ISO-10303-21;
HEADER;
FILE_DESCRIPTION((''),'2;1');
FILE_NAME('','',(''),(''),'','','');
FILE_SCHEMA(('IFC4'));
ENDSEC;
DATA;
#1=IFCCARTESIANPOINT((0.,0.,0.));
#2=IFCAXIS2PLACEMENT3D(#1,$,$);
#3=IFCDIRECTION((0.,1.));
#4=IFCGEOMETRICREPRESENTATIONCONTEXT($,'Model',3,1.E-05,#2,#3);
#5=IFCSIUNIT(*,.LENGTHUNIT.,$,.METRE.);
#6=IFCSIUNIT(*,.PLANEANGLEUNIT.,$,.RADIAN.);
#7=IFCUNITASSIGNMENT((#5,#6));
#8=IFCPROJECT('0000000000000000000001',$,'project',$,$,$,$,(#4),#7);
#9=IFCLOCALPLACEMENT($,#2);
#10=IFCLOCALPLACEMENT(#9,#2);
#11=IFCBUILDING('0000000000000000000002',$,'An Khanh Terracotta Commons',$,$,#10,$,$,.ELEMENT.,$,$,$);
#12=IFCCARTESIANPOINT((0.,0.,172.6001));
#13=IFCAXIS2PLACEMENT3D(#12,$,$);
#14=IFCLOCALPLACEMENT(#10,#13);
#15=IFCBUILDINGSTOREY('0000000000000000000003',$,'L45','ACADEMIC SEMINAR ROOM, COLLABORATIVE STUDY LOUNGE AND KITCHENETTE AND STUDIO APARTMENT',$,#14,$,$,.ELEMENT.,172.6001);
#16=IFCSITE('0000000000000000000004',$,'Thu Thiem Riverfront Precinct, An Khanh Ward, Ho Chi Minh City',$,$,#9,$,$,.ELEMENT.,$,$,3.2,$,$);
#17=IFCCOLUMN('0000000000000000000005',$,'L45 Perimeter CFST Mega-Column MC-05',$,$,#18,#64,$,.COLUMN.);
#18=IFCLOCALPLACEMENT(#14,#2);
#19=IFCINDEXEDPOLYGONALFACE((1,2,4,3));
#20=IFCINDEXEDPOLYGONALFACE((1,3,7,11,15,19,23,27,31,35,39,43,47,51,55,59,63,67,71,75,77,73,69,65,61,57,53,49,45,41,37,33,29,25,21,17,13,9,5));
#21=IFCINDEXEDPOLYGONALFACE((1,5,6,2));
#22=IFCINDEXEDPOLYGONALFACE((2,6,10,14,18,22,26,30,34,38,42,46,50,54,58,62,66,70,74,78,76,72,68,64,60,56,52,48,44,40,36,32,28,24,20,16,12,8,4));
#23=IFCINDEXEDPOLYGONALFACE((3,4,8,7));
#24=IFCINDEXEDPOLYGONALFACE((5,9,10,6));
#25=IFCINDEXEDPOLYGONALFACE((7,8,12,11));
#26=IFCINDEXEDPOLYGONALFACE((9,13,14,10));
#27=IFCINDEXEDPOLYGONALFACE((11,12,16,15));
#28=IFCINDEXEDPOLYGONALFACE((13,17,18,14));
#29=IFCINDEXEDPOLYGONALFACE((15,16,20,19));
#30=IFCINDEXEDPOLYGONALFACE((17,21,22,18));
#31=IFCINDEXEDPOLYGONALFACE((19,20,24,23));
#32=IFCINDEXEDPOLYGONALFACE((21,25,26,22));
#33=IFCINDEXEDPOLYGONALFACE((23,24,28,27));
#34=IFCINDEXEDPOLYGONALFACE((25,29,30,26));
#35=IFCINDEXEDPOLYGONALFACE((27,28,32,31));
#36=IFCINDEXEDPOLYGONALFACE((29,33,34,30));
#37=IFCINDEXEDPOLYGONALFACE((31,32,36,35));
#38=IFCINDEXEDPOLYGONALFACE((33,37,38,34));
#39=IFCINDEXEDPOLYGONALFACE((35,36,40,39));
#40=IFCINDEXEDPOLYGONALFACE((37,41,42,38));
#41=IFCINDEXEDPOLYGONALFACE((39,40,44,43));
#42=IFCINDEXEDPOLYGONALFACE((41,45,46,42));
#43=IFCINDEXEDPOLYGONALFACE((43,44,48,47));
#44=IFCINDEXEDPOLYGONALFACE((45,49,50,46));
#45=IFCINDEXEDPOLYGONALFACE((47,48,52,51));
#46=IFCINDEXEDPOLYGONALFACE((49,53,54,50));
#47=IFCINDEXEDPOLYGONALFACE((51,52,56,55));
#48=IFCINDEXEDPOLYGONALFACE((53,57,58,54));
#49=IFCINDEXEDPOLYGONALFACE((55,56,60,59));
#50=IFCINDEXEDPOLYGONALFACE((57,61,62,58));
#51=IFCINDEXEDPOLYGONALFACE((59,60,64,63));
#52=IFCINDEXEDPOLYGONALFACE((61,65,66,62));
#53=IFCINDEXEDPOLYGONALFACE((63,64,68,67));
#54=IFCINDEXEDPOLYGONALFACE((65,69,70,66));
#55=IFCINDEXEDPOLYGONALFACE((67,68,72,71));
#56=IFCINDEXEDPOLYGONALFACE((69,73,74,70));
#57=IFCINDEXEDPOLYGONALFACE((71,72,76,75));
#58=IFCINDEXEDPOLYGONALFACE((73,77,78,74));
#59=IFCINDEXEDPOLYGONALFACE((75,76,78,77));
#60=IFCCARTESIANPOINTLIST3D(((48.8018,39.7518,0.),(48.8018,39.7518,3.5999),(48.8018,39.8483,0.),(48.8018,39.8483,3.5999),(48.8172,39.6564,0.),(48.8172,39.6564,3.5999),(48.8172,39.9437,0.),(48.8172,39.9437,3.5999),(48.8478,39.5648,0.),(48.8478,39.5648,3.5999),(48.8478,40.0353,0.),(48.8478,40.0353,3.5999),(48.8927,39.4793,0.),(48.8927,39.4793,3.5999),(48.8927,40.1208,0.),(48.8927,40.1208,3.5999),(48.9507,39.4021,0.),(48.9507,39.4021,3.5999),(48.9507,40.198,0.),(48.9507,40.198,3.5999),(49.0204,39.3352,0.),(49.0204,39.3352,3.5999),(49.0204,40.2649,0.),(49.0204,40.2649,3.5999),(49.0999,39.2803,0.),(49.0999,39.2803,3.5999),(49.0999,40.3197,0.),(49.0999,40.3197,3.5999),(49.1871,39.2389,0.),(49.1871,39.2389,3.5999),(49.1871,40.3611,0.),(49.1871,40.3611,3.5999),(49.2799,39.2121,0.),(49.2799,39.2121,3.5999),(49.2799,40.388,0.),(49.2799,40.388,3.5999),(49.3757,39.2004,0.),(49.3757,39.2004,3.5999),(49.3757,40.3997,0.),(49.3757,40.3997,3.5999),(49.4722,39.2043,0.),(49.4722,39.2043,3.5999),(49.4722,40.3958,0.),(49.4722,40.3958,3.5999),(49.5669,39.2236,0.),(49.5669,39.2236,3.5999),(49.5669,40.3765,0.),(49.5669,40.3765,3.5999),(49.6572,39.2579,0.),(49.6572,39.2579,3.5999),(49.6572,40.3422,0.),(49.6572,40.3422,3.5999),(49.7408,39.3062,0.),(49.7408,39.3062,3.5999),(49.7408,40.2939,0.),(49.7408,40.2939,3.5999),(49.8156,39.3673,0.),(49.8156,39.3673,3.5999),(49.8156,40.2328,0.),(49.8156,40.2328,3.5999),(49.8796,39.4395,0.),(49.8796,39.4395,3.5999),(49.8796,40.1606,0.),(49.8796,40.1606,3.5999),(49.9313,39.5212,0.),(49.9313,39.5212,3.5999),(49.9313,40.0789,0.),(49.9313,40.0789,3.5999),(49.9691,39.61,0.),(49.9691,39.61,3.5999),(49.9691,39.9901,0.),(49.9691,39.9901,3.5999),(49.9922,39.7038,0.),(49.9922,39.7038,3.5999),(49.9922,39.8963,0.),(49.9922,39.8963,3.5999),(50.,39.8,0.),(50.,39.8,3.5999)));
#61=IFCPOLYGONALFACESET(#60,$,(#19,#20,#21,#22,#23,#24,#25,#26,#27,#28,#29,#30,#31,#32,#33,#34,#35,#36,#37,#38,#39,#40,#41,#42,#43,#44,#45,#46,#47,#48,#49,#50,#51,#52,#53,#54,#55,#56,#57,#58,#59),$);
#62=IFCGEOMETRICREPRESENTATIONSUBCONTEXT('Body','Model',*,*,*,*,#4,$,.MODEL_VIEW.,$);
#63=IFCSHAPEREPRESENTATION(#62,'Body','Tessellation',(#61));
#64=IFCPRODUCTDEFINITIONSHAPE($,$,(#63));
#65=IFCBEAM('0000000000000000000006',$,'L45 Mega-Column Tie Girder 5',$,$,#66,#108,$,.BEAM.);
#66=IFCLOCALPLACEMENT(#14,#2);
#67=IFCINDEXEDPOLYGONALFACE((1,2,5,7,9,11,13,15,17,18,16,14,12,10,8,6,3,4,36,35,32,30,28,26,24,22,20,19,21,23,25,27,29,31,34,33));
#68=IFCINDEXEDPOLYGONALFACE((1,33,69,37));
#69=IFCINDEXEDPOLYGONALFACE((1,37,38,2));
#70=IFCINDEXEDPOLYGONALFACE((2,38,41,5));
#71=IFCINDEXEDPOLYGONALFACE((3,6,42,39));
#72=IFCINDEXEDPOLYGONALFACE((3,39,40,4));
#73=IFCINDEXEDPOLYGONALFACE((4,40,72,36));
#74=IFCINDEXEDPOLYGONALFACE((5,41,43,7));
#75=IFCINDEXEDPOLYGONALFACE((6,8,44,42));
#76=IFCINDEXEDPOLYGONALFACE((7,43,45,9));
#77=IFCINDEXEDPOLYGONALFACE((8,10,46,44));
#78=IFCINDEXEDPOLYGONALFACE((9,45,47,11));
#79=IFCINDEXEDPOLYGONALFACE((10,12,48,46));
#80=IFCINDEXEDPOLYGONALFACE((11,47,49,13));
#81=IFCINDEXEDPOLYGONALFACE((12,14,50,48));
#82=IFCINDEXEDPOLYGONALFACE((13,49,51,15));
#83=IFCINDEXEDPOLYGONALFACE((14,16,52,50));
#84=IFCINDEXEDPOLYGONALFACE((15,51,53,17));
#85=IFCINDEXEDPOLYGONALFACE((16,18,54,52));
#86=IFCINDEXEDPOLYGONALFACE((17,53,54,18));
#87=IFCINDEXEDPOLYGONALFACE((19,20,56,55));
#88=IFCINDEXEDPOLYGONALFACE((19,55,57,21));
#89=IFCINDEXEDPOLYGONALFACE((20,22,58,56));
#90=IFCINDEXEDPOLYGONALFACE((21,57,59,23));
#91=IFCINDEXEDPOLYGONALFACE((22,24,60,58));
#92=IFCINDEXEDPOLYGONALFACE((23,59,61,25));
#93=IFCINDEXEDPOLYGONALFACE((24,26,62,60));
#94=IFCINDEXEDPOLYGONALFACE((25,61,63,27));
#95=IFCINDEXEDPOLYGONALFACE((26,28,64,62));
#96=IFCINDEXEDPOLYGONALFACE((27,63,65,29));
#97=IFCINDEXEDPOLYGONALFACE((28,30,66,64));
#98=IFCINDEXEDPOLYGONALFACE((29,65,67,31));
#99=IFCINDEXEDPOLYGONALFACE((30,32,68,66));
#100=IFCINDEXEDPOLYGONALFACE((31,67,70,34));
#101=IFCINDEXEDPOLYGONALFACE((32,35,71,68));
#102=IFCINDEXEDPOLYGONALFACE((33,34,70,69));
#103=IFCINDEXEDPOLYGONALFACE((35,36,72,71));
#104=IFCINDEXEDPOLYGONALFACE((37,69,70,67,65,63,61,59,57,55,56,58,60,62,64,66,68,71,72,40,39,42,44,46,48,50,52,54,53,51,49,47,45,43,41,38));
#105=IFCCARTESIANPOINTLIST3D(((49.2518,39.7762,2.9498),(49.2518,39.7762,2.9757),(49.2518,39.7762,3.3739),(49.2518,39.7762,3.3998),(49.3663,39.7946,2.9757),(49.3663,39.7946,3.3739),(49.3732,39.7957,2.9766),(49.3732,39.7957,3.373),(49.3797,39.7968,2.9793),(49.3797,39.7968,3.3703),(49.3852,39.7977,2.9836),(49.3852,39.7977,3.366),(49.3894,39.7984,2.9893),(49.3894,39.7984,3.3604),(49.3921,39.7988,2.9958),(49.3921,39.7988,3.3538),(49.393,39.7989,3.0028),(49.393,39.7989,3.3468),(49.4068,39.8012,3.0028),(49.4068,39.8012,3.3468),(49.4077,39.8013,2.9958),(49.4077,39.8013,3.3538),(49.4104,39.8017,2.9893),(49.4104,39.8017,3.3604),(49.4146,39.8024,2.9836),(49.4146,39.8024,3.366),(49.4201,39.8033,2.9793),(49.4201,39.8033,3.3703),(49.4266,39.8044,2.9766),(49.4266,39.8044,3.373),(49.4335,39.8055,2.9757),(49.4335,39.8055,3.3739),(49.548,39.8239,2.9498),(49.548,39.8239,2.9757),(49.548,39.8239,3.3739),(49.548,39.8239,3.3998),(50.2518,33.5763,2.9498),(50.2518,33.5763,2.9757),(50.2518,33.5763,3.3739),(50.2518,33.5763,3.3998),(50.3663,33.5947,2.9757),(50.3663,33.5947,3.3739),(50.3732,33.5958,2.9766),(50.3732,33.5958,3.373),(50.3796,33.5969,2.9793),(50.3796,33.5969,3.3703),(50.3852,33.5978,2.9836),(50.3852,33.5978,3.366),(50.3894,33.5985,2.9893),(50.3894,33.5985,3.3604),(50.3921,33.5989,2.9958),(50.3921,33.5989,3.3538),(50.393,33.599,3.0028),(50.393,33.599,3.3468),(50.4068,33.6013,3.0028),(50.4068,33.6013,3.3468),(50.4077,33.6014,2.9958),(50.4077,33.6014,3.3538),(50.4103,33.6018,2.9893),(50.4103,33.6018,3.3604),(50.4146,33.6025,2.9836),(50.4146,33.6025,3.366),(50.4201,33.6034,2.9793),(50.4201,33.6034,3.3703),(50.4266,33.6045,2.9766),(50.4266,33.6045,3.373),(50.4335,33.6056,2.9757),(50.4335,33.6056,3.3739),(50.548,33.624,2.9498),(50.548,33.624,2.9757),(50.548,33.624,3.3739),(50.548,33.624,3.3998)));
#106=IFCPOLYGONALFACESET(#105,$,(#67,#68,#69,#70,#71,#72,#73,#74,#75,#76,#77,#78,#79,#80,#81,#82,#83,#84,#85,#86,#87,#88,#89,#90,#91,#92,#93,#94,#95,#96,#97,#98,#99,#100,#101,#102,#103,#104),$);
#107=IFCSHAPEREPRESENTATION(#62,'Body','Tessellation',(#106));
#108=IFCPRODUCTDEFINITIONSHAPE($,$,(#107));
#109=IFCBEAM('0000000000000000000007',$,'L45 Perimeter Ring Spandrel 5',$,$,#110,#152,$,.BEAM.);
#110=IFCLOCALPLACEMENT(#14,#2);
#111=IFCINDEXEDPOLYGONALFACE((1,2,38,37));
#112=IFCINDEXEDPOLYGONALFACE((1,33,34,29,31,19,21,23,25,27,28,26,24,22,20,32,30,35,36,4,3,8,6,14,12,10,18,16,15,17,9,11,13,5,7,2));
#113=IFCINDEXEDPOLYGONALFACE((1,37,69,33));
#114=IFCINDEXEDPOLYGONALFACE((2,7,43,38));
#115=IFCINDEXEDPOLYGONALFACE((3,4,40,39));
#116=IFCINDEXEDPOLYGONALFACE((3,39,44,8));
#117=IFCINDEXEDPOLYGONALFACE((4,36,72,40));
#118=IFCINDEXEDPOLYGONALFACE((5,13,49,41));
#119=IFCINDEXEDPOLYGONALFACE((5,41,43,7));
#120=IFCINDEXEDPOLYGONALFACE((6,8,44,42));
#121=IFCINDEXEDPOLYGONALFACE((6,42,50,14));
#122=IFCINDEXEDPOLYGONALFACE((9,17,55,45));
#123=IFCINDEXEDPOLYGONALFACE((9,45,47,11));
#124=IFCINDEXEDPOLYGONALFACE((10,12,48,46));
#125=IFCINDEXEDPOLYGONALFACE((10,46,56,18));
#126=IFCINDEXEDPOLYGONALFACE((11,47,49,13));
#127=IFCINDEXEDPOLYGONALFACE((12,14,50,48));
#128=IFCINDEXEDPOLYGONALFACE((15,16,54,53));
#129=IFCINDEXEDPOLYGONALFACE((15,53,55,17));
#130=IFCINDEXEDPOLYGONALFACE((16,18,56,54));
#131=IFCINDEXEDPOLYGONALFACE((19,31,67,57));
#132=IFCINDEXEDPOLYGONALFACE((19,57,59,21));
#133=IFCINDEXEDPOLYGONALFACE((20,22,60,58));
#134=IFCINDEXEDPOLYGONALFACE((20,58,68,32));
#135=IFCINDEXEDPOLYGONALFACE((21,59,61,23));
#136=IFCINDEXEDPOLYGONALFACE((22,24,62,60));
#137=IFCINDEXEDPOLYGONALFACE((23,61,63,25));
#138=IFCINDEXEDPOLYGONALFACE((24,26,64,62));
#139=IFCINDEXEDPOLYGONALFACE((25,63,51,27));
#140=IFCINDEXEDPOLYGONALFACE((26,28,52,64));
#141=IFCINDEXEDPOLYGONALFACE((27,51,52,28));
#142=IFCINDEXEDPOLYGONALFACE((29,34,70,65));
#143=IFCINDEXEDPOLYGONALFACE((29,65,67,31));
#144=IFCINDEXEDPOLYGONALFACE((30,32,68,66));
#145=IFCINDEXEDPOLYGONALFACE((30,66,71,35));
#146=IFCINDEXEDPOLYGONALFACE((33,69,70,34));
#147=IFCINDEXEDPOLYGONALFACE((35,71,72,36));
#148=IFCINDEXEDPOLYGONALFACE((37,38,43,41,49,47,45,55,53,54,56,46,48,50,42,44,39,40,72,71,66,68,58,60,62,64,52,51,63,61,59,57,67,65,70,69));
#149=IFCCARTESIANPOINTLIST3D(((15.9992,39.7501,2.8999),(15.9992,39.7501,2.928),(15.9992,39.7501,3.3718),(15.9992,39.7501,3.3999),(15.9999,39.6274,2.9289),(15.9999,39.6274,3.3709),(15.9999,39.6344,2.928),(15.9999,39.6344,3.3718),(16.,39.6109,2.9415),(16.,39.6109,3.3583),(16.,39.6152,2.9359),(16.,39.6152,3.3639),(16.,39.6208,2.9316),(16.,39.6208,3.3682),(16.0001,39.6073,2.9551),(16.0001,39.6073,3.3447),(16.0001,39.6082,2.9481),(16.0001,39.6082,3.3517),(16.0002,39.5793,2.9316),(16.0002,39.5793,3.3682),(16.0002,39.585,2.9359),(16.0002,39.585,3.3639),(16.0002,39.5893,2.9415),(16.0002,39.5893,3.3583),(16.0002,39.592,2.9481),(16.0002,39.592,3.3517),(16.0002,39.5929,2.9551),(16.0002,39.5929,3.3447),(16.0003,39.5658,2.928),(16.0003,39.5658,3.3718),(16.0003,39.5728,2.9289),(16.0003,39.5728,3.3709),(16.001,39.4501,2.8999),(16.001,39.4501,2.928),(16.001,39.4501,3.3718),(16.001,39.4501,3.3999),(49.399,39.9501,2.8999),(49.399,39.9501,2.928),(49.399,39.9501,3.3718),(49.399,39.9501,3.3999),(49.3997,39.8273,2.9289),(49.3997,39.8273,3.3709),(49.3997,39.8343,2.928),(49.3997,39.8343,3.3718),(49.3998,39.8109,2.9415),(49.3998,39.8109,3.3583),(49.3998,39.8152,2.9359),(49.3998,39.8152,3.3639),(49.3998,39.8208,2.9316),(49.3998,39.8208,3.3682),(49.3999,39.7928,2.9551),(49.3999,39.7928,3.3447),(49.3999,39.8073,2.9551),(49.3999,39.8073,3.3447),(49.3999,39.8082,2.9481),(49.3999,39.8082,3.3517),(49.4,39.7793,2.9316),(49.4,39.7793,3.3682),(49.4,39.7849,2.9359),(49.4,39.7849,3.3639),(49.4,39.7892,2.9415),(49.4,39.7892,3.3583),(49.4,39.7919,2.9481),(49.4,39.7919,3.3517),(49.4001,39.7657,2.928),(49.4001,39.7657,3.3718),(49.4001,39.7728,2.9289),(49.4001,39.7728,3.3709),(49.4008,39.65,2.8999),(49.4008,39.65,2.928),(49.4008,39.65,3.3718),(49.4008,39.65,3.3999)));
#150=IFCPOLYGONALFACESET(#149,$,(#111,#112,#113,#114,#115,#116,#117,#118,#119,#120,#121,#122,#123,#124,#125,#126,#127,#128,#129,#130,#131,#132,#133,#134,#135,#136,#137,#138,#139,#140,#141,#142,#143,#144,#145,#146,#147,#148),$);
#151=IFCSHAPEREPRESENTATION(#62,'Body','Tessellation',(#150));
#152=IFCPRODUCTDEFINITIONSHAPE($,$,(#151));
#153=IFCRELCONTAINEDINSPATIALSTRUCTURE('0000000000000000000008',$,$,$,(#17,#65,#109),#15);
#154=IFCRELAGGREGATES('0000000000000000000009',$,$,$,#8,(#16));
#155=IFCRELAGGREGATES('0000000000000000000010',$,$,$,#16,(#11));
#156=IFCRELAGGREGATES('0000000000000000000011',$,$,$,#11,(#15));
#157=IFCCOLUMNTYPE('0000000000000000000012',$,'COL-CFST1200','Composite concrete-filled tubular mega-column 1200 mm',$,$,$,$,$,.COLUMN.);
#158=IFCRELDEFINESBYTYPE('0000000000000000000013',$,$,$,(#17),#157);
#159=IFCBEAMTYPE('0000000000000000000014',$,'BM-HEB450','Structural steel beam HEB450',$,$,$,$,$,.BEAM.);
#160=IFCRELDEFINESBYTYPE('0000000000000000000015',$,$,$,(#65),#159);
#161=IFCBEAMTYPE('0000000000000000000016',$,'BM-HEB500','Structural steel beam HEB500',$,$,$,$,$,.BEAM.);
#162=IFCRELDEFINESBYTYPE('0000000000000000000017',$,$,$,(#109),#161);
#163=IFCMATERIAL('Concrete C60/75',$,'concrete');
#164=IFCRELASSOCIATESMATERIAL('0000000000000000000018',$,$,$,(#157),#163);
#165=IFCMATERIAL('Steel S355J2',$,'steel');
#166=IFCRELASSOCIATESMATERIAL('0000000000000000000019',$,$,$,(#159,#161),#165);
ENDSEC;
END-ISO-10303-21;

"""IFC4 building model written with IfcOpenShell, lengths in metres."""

from ifc_helpers import new_model, si_unit, direction, frame, origin, origin_2d, place, context, subcontext, project, spatial, circle, i_section, extrude, material, material_profile, profile_set, type_object, element, save


model = new_model("IFC4")

# Units and contexts
model_context = context("Model", 3, precision=1e-05, world=origin(), true_north=direction((0.0, 1.0)))
body_context = subcontext(model_context, "Body", "Model", "MODEL_VIEW")
ifc_project = project(units=[si_unit("LENGTHUNIT", "METRE"), si_unit("PLANEANGLEUNIT", "RADIAN")], contexts=[model_context])

# Site, building, storey
site_placement = place(None, origin())
site = spatial("IfcSite", under=ifc_project, at=site_placement, Name="Thu Thiem Riverfront Precinct, An Khanh Ward, Ho Chi Minh City", CompositionType="ELEMENT", RefElevation=3.2)
building_placement = place(site_placement, origin())
building = spatial("IfcBuilding", under=site, at=building_placement, Name="An Khanh Terracotta Commons", CompositionType="ELEMENT")
storey_placement = place(building_placement, frame((0.0, 0.0, 172.6001)))
storey = spatial("IfcBuildingStorey", under=building, at=storey_placement, Name="L45", Description="ACADEMIC SEMINAR ROOM, COLLABORATIVE STUDY LOUNGE AND KITCHENETTE AND STUDIO APARTMENT", CompositionType="ELEMENT", Elevation=172.6001)

# Column
ifc_material_1 = material(Name="Concrete C60/75", Category="concrete")
ifc_material_profile_1 = material_profile(ifc_material_1, circle(Radius=0.6001, at=origin_2d()), Name="CFST1200")
ifc_profile_set_1 = profile_set([ifc_material_profile_1], Name="Concrete C60/75")
column_type = type_object("IfcColumnType", Name="COL-CFST1200", Description="Composite concrete-filled tubular mega-column 1200 mm", PredefinedType="COLUMN", material=ifc_profile_set_1)
column_placement = place(storey_placement, frame((49.3999, 39.8, 0.0), z_axis=(0.0, 0.0, 1.0), x_axis=(1.0, 0.0, 0.0)))
element("IfcColumn", 1, at=column_placement, inside=storey, type_object=column_type, Name="L45 Perimeter CFST Mega-Column MC-05", PredefinedType="COLUMN", context=body_context, shape_type="SweptSolid", body=[
    extrude(circle(Radius=0.6001, at=origin_2d()), origin(), (0.0, 0.0, 1.0), 3.5999),
])

# Beams
ifc_material_2 = material(Name="Steel S355J2", Category="steel")
ifc_material_profile_2 = material_profile(ifc_material_2, i_section(OverallWidth=0.3, OverallDepth=0.45, WebThickness=0.0139, FlangeThickness=0.0259, FilletRadius=0.0271, at=origin_2d()), Name="HEB450")
ifc_profile_set_2 = profile_set([ifc_material_profile_2], Name="Steel S355J2")
beam_type_1 = type_object("IfcBeamType", Name="BM-HEB450", Description="Structural steel beam HEB450", PredefinedType="BEAM", material=ifc_profile_set_2)
beam_1_placement = place(storey_placement, frame((49.3999, 39.8, 3.1748), z_axis=(0.159234, -0.987241, 0.0), x_axis=(0.987241, 0.159234, 0.0)))
element("IfcBeam", 2, at=beam_1_placement, inside=storey, type_object=beam_type_1, Name="L45 Mega-Column Tie Girder 5", PredefinedType="BEAM", context=body_context, shape_type="SweptSolid", body=[
    extrude(i_section(OverallWidth=0.3, OverallDepth=0.45, WebThickness=0.0139, FlangeThickness=0.0259, FilletRadius=0.0271, at=origin_2d()), origin(), (0.0, 0.0, 1.0), 6.28),
])
ifc_material_profile_3 = material_profile(ifc_material_2, i_section(OverallWidth=0.3, OverallDepth=0.5, WebThickness=0.0144, FlangeThickness=0.0281, FilletRadius=0.0271, at=origin_2d()), Name="HEB500")
ifc_profile_set_3 = profile_set([ifc_material_profile_3], Name="Steel S355J2")
beam_type_2 = type_object("IfcBeamType", Name="BM-HEB500", Description="Structural steel beam HEB500", PredefinedType="BEAM", material=ifc_profile_set_3)
beam_2_placement = place(storey_placement, frame((49.3999, 39.8, 3.1499), z_axis=(-0.999982, -0.005986, 0.0), x_axis=(0.005986, -0.999982, 0.0)))
element("IfcBeam", 3, at=beam_2_placement, inside=storey, type_object=beam_type_2, Name="L45 Perimeter Ring Spandrel 5", PredefinedType="BEAM", context=body_context, shape_type="SweptSolid", body=[
    extrude(i_section(OverallWidth=0.3, OverallDepth=0.5, WebThickness=0.0144, FlangeThickness=0.0281, FilletRadius=0.0271, at=origin_2d()), origin(), (0.0, 0.0, 1.0), 33.4004),
])

save(model, "model.ifc")
